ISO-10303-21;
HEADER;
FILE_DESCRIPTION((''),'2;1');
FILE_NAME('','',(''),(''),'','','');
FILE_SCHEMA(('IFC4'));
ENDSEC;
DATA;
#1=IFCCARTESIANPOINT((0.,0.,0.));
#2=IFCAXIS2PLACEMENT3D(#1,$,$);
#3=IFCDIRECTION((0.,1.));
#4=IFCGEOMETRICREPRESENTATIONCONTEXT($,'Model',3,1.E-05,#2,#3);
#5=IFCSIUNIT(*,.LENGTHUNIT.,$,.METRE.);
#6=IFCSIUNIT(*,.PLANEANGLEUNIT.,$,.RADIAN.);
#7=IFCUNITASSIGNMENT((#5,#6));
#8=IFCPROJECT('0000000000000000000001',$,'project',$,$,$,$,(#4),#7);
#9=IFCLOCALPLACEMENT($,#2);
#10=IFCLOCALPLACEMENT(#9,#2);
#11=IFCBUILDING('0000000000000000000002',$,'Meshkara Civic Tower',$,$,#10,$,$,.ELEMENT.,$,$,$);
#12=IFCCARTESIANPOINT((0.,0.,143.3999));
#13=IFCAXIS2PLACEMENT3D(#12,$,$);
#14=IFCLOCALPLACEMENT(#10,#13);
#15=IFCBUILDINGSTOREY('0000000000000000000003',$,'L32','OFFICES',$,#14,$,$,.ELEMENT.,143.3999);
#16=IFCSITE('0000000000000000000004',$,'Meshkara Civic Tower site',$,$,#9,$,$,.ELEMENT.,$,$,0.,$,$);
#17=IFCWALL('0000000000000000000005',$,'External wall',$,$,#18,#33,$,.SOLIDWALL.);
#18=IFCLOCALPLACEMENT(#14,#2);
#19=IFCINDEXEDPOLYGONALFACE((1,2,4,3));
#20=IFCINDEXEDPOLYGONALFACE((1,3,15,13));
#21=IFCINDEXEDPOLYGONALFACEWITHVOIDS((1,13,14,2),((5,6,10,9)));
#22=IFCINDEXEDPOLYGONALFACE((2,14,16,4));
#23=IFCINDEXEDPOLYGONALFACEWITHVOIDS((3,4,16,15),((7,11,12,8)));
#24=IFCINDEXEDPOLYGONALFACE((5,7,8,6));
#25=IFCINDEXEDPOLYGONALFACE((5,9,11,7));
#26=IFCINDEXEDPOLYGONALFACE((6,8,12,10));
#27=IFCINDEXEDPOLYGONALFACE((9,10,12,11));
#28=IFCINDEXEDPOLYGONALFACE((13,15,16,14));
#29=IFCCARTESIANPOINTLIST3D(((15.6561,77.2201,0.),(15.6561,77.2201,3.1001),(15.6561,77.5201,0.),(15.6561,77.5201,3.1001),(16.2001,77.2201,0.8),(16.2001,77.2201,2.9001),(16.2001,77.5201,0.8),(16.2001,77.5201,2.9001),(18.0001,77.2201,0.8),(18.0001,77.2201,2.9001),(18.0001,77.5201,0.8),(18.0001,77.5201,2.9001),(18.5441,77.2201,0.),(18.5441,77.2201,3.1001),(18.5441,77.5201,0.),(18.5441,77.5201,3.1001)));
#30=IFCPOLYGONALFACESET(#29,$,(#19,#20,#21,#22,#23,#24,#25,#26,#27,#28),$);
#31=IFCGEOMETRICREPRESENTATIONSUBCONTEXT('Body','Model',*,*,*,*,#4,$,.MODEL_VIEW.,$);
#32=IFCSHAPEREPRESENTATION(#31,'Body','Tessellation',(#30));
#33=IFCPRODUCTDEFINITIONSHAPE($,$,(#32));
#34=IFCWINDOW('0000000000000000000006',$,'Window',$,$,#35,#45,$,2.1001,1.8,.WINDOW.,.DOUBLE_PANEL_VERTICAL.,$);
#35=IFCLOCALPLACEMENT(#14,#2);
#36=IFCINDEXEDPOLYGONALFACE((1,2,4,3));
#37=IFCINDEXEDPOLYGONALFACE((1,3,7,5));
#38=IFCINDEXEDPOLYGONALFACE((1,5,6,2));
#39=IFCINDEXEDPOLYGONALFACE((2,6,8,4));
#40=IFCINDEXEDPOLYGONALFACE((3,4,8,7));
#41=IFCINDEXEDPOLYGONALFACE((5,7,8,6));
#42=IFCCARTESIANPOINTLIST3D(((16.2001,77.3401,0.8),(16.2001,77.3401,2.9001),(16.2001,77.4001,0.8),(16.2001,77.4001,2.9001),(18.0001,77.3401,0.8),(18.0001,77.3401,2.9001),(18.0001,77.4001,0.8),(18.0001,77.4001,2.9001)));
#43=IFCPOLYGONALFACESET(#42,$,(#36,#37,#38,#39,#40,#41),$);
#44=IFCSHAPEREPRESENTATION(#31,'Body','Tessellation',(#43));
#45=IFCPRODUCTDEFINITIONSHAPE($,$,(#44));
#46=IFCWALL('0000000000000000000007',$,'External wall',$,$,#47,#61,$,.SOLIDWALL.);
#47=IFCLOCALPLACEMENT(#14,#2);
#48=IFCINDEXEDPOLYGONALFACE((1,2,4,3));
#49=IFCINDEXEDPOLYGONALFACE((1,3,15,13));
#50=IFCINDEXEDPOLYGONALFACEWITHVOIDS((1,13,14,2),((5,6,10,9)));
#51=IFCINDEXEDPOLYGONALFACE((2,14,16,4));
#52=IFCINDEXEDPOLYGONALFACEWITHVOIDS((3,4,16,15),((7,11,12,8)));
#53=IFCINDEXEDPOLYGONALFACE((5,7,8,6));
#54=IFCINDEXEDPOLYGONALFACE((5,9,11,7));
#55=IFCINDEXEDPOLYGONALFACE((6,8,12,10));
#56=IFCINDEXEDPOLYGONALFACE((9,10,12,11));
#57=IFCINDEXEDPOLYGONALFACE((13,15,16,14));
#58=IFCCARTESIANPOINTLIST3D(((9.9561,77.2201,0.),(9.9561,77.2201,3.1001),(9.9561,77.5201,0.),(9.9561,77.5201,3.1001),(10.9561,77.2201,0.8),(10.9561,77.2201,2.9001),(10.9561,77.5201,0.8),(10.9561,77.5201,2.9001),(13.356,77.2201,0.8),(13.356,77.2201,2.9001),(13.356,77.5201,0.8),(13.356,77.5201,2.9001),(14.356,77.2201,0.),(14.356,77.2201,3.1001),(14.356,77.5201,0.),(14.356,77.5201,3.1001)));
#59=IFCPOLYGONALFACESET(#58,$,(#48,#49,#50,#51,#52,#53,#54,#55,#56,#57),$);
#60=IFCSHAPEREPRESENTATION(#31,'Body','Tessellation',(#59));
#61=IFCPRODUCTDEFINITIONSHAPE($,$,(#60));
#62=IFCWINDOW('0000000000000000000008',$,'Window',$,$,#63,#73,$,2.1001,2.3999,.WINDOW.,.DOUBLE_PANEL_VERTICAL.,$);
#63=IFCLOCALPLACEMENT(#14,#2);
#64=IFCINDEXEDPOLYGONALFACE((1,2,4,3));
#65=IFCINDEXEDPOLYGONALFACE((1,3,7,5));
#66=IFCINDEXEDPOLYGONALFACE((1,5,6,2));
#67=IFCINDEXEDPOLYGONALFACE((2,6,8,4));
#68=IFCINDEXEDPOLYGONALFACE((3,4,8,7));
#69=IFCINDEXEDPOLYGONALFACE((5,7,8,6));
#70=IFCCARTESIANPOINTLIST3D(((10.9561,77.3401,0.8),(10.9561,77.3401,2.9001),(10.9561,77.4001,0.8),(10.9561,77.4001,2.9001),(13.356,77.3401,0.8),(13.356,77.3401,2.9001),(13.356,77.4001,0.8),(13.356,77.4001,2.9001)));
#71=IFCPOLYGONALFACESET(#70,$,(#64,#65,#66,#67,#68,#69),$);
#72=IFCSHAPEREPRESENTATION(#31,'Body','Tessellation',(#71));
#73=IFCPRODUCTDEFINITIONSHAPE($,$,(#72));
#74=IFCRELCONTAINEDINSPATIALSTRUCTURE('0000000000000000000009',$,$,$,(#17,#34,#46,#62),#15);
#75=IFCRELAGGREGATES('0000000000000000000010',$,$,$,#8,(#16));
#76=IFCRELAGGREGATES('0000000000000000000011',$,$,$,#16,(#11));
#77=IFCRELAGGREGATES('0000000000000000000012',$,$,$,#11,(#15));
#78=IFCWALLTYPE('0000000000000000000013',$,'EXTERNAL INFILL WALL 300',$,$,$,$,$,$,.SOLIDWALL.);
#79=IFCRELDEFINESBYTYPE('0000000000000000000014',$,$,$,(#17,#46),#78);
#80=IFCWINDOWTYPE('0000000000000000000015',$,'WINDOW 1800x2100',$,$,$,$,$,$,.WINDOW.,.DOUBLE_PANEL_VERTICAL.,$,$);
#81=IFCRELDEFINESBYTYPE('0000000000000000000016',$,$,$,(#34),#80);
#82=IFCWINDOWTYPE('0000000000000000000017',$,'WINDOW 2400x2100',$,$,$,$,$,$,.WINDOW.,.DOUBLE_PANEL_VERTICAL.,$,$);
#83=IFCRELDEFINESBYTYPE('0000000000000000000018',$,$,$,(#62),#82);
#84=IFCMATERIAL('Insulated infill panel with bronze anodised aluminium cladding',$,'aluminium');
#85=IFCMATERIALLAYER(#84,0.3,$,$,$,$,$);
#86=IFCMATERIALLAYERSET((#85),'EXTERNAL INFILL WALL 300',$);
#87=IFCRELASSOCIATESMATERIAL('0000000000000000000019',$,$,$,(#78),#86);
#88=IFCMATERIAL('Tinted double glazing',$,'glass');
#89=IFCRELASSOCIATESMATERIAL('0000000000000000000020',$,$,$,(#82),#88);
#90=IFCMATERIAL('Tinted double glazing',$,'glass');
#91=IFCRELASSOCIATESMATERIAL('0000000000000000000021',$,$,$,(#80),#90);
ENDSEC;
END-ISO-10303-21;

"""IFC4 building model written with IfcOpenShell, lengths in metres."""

from ifc_helpers import new_model, si_unit, direction, frame, frame_2d, origin, place, context, subcontext, project, spatial, rectangle, extrude, material, layer, layer_set, type_object, element, fill, save


model = new_model("IFC4")

# Units and contexts
model_context = context("Model", 3, precision=1e-05, world=origin(), true_north=direction((0.0, 1.0)))
body_context = subcontext(model_context, "Body", "Model", "MODEL_VIEW")
ifc_project = project(units=[si_unit("LENGTHUNIT", "METRE"), si_unit("PLANEANGLEUNIT", "RADIAN")], contexts=[model_context])

# Site, building, storey
site_placement = place(None, origin())
site = spatial("IfcSite", under=ifc_project, at=site_placement, Name="Meshkara Civic Tower site", CompositionType="ELEMENT", RefElevation=0.0)
building_placement = place(site_placement, origin())
building = spatial("IfcBuilding", under=site, at=building_placement, Name="Meshkara Civic Tower", CompositionType="ELEMENT")
storey_placement = place(building_placement, frame((0.0, 0.0, 143.3999)))
storey = spatial("IfcBuildingStorey", under=building, at=storey_placement, Name="L32", Description="OFFICES", CompositionType="ELEMENT", Elevation=143.3999)

# Walls, openings, windows
ifc_material_1 = material(Name="Insulated infill panel with bronze anodised aluminium cladding", Category="aluminium")
ifc_layer = layer(ifc_material_1, 0.3)
ifc_layer_set = layer_set([ifc_layer], Name="EXTERNAL INFILL WALL 300")
wall_type = type_object("IfcWallType", Name="EXTERNAL INFILL WALL 300", PredefinedType="SOLIDWALL", material=ifc_layer_set)
ifc_material_2 = material(Name="Tinted double glazing", Category="glass")
window_type_1 = type_object("IfcWindowType", Name="WINDOW 2400x2100", PartitioningType="DOUBLE_PANEL_VERTICAL", PredefinedType="WINDOW", material=ifc_material_2)
ifc_material_3 = material(Name="Tinted double glazing", Category="glass")
window_type_2 = type_object("IfcWindowType", Name="WINDOW 1800x2100", PartitioningType="DOUBLE_PANEL_VERTICAL", PredefinedType="WINDOW", material=ifc_material_3)
wall_1_placement = place(storey_placement, frame((18.5439, 77.3701, 0.0), z_axis=(0.0, 0.0, 1.0), x_axis=(-1.0, 0.0, 0.0)))
wall_1 = element("IfcWall", 1, at=wall_1_placement, inside=storey, type_object=wall_type, Name="External wall", PredefinedType="SOLIDWALL", context=body_context, shape_type="SweptSolid", body=[
    extrude(rectangle(XDim=2.8879, YDim=0.3, at=frame_2d((1.4438, 0.0))), origin(), (0.0, 0.0, 1.0), 3.1001),
])
opening_1_placement = place(wall_1_placement, frame((0.5439, 0.0, 0.8)))
opening_1 = element("IfcOpeningElement", 2, at=opening_1_placement, cuts=wall_1, PredefinedType="OPENING", context=body_context, shape_type="SweptSolid", body=[
    extrude(rectangle(XDim=1.8, YDim=2.1001, at=frame_2d((0.8999, 1.05))), frame((0.0, 0.1599, 0.0), z_axis=(0.0, -1.0, 0.0), x_axis=(1.0, 0.0, 0.0)), (0.0, 0.0, 1.0), 0.3201),
])
window_1_placement = place(opening_1_placement, origin())
window_1 = element("IfcWindow", 3, at=window_1_placement, inside=storey, type_object=window_type_2, Name="Window", OverallHeight=2.1001, OverallWidth=1.8, PartitioningType="DOUBLE_PANEL_VERTICAL", PredefinedType="WINDOW", context=body_context, shape_type="SweptSolid", body=[
    extrude(rectangle(XDim=1.8, YDim=2.1001, at=frame_2d((0.8999, 1.05))), frame((0.0, 0.03, 0.0), z_axis=(0.0, -1.0, 0.0), x_axis=(1.0, 0.0, 0.0)), (0.0, 0.0, 1.0), 0.0601),
])
fill(opening_1, window_1)
wall_2_placement = place(storey_placement, frame((14.356, 77.3701, 0.0), z_axis=(0.0, 0.0, 1.0), x_axis=(-1.0, 0.0, 0.0)))
wall_2 = element("IfcWall", 4, at=wall_2_placement, inside=storey, type_object=wall_type, Name="External wall", PredefinedType="SOLIDWALL", context=body_context, shape_type="SweptSolid", body=[
    extrude(rectangle(XDim=4.3999, YDim=0.3, at=frame_2d((2.2, 0.0))), origin(), (0.0, 0.0, 1.0), 3.1001),
])
opening_2_placement = place(wall_2_placement, frame((1.0, 0.0, 0.8)))
opening_2 = element("IfcOpeningElement", 5, at=opening_2_placement, cuts=wall_2, PredefinedType="OPENING", context=body_context, shape_type="SweptSolid", body=[
    extrude(rectangle(XDim=2.3999, YDim=2.1001, at=frame_2d((1.2, 1.05))), frame((0.0, 0.1599, 0.0), z_axis=(0.0, -1.0, 0.0), x_axis=(1.0, 0.0, 0.0)), (0.0, 0.0, 1.0), 0.3201),
])
window_2_placement = place(opening_2_placement, origin())
window_2 = element("IfcWindow", 6, at=window_2_placement, inside=storey, type_object=window_type_1, Name="Window", OverallHeight=2.1001, OverallWidth=2.3999, PartitioningType="DOUBLE_PANEL_VERTICAL", PredefinedType="WINDOW", context=body_context, shape_type="SweptSolid", body=[
    extrude(rectangle(XDim=2.3999, YDim=2.1001, at=frame_2d((1.2, 1.05))), frame((0.0, 0.03, 0.0), z_axis=(0.0, -1.0, 0.0), x_axis=(1.0, 0.0, 0.0)), (0.0, 0.0, 1.0), 0.0601),
])
fill(opening_2, window_2)

save(model, "model.ifc")
